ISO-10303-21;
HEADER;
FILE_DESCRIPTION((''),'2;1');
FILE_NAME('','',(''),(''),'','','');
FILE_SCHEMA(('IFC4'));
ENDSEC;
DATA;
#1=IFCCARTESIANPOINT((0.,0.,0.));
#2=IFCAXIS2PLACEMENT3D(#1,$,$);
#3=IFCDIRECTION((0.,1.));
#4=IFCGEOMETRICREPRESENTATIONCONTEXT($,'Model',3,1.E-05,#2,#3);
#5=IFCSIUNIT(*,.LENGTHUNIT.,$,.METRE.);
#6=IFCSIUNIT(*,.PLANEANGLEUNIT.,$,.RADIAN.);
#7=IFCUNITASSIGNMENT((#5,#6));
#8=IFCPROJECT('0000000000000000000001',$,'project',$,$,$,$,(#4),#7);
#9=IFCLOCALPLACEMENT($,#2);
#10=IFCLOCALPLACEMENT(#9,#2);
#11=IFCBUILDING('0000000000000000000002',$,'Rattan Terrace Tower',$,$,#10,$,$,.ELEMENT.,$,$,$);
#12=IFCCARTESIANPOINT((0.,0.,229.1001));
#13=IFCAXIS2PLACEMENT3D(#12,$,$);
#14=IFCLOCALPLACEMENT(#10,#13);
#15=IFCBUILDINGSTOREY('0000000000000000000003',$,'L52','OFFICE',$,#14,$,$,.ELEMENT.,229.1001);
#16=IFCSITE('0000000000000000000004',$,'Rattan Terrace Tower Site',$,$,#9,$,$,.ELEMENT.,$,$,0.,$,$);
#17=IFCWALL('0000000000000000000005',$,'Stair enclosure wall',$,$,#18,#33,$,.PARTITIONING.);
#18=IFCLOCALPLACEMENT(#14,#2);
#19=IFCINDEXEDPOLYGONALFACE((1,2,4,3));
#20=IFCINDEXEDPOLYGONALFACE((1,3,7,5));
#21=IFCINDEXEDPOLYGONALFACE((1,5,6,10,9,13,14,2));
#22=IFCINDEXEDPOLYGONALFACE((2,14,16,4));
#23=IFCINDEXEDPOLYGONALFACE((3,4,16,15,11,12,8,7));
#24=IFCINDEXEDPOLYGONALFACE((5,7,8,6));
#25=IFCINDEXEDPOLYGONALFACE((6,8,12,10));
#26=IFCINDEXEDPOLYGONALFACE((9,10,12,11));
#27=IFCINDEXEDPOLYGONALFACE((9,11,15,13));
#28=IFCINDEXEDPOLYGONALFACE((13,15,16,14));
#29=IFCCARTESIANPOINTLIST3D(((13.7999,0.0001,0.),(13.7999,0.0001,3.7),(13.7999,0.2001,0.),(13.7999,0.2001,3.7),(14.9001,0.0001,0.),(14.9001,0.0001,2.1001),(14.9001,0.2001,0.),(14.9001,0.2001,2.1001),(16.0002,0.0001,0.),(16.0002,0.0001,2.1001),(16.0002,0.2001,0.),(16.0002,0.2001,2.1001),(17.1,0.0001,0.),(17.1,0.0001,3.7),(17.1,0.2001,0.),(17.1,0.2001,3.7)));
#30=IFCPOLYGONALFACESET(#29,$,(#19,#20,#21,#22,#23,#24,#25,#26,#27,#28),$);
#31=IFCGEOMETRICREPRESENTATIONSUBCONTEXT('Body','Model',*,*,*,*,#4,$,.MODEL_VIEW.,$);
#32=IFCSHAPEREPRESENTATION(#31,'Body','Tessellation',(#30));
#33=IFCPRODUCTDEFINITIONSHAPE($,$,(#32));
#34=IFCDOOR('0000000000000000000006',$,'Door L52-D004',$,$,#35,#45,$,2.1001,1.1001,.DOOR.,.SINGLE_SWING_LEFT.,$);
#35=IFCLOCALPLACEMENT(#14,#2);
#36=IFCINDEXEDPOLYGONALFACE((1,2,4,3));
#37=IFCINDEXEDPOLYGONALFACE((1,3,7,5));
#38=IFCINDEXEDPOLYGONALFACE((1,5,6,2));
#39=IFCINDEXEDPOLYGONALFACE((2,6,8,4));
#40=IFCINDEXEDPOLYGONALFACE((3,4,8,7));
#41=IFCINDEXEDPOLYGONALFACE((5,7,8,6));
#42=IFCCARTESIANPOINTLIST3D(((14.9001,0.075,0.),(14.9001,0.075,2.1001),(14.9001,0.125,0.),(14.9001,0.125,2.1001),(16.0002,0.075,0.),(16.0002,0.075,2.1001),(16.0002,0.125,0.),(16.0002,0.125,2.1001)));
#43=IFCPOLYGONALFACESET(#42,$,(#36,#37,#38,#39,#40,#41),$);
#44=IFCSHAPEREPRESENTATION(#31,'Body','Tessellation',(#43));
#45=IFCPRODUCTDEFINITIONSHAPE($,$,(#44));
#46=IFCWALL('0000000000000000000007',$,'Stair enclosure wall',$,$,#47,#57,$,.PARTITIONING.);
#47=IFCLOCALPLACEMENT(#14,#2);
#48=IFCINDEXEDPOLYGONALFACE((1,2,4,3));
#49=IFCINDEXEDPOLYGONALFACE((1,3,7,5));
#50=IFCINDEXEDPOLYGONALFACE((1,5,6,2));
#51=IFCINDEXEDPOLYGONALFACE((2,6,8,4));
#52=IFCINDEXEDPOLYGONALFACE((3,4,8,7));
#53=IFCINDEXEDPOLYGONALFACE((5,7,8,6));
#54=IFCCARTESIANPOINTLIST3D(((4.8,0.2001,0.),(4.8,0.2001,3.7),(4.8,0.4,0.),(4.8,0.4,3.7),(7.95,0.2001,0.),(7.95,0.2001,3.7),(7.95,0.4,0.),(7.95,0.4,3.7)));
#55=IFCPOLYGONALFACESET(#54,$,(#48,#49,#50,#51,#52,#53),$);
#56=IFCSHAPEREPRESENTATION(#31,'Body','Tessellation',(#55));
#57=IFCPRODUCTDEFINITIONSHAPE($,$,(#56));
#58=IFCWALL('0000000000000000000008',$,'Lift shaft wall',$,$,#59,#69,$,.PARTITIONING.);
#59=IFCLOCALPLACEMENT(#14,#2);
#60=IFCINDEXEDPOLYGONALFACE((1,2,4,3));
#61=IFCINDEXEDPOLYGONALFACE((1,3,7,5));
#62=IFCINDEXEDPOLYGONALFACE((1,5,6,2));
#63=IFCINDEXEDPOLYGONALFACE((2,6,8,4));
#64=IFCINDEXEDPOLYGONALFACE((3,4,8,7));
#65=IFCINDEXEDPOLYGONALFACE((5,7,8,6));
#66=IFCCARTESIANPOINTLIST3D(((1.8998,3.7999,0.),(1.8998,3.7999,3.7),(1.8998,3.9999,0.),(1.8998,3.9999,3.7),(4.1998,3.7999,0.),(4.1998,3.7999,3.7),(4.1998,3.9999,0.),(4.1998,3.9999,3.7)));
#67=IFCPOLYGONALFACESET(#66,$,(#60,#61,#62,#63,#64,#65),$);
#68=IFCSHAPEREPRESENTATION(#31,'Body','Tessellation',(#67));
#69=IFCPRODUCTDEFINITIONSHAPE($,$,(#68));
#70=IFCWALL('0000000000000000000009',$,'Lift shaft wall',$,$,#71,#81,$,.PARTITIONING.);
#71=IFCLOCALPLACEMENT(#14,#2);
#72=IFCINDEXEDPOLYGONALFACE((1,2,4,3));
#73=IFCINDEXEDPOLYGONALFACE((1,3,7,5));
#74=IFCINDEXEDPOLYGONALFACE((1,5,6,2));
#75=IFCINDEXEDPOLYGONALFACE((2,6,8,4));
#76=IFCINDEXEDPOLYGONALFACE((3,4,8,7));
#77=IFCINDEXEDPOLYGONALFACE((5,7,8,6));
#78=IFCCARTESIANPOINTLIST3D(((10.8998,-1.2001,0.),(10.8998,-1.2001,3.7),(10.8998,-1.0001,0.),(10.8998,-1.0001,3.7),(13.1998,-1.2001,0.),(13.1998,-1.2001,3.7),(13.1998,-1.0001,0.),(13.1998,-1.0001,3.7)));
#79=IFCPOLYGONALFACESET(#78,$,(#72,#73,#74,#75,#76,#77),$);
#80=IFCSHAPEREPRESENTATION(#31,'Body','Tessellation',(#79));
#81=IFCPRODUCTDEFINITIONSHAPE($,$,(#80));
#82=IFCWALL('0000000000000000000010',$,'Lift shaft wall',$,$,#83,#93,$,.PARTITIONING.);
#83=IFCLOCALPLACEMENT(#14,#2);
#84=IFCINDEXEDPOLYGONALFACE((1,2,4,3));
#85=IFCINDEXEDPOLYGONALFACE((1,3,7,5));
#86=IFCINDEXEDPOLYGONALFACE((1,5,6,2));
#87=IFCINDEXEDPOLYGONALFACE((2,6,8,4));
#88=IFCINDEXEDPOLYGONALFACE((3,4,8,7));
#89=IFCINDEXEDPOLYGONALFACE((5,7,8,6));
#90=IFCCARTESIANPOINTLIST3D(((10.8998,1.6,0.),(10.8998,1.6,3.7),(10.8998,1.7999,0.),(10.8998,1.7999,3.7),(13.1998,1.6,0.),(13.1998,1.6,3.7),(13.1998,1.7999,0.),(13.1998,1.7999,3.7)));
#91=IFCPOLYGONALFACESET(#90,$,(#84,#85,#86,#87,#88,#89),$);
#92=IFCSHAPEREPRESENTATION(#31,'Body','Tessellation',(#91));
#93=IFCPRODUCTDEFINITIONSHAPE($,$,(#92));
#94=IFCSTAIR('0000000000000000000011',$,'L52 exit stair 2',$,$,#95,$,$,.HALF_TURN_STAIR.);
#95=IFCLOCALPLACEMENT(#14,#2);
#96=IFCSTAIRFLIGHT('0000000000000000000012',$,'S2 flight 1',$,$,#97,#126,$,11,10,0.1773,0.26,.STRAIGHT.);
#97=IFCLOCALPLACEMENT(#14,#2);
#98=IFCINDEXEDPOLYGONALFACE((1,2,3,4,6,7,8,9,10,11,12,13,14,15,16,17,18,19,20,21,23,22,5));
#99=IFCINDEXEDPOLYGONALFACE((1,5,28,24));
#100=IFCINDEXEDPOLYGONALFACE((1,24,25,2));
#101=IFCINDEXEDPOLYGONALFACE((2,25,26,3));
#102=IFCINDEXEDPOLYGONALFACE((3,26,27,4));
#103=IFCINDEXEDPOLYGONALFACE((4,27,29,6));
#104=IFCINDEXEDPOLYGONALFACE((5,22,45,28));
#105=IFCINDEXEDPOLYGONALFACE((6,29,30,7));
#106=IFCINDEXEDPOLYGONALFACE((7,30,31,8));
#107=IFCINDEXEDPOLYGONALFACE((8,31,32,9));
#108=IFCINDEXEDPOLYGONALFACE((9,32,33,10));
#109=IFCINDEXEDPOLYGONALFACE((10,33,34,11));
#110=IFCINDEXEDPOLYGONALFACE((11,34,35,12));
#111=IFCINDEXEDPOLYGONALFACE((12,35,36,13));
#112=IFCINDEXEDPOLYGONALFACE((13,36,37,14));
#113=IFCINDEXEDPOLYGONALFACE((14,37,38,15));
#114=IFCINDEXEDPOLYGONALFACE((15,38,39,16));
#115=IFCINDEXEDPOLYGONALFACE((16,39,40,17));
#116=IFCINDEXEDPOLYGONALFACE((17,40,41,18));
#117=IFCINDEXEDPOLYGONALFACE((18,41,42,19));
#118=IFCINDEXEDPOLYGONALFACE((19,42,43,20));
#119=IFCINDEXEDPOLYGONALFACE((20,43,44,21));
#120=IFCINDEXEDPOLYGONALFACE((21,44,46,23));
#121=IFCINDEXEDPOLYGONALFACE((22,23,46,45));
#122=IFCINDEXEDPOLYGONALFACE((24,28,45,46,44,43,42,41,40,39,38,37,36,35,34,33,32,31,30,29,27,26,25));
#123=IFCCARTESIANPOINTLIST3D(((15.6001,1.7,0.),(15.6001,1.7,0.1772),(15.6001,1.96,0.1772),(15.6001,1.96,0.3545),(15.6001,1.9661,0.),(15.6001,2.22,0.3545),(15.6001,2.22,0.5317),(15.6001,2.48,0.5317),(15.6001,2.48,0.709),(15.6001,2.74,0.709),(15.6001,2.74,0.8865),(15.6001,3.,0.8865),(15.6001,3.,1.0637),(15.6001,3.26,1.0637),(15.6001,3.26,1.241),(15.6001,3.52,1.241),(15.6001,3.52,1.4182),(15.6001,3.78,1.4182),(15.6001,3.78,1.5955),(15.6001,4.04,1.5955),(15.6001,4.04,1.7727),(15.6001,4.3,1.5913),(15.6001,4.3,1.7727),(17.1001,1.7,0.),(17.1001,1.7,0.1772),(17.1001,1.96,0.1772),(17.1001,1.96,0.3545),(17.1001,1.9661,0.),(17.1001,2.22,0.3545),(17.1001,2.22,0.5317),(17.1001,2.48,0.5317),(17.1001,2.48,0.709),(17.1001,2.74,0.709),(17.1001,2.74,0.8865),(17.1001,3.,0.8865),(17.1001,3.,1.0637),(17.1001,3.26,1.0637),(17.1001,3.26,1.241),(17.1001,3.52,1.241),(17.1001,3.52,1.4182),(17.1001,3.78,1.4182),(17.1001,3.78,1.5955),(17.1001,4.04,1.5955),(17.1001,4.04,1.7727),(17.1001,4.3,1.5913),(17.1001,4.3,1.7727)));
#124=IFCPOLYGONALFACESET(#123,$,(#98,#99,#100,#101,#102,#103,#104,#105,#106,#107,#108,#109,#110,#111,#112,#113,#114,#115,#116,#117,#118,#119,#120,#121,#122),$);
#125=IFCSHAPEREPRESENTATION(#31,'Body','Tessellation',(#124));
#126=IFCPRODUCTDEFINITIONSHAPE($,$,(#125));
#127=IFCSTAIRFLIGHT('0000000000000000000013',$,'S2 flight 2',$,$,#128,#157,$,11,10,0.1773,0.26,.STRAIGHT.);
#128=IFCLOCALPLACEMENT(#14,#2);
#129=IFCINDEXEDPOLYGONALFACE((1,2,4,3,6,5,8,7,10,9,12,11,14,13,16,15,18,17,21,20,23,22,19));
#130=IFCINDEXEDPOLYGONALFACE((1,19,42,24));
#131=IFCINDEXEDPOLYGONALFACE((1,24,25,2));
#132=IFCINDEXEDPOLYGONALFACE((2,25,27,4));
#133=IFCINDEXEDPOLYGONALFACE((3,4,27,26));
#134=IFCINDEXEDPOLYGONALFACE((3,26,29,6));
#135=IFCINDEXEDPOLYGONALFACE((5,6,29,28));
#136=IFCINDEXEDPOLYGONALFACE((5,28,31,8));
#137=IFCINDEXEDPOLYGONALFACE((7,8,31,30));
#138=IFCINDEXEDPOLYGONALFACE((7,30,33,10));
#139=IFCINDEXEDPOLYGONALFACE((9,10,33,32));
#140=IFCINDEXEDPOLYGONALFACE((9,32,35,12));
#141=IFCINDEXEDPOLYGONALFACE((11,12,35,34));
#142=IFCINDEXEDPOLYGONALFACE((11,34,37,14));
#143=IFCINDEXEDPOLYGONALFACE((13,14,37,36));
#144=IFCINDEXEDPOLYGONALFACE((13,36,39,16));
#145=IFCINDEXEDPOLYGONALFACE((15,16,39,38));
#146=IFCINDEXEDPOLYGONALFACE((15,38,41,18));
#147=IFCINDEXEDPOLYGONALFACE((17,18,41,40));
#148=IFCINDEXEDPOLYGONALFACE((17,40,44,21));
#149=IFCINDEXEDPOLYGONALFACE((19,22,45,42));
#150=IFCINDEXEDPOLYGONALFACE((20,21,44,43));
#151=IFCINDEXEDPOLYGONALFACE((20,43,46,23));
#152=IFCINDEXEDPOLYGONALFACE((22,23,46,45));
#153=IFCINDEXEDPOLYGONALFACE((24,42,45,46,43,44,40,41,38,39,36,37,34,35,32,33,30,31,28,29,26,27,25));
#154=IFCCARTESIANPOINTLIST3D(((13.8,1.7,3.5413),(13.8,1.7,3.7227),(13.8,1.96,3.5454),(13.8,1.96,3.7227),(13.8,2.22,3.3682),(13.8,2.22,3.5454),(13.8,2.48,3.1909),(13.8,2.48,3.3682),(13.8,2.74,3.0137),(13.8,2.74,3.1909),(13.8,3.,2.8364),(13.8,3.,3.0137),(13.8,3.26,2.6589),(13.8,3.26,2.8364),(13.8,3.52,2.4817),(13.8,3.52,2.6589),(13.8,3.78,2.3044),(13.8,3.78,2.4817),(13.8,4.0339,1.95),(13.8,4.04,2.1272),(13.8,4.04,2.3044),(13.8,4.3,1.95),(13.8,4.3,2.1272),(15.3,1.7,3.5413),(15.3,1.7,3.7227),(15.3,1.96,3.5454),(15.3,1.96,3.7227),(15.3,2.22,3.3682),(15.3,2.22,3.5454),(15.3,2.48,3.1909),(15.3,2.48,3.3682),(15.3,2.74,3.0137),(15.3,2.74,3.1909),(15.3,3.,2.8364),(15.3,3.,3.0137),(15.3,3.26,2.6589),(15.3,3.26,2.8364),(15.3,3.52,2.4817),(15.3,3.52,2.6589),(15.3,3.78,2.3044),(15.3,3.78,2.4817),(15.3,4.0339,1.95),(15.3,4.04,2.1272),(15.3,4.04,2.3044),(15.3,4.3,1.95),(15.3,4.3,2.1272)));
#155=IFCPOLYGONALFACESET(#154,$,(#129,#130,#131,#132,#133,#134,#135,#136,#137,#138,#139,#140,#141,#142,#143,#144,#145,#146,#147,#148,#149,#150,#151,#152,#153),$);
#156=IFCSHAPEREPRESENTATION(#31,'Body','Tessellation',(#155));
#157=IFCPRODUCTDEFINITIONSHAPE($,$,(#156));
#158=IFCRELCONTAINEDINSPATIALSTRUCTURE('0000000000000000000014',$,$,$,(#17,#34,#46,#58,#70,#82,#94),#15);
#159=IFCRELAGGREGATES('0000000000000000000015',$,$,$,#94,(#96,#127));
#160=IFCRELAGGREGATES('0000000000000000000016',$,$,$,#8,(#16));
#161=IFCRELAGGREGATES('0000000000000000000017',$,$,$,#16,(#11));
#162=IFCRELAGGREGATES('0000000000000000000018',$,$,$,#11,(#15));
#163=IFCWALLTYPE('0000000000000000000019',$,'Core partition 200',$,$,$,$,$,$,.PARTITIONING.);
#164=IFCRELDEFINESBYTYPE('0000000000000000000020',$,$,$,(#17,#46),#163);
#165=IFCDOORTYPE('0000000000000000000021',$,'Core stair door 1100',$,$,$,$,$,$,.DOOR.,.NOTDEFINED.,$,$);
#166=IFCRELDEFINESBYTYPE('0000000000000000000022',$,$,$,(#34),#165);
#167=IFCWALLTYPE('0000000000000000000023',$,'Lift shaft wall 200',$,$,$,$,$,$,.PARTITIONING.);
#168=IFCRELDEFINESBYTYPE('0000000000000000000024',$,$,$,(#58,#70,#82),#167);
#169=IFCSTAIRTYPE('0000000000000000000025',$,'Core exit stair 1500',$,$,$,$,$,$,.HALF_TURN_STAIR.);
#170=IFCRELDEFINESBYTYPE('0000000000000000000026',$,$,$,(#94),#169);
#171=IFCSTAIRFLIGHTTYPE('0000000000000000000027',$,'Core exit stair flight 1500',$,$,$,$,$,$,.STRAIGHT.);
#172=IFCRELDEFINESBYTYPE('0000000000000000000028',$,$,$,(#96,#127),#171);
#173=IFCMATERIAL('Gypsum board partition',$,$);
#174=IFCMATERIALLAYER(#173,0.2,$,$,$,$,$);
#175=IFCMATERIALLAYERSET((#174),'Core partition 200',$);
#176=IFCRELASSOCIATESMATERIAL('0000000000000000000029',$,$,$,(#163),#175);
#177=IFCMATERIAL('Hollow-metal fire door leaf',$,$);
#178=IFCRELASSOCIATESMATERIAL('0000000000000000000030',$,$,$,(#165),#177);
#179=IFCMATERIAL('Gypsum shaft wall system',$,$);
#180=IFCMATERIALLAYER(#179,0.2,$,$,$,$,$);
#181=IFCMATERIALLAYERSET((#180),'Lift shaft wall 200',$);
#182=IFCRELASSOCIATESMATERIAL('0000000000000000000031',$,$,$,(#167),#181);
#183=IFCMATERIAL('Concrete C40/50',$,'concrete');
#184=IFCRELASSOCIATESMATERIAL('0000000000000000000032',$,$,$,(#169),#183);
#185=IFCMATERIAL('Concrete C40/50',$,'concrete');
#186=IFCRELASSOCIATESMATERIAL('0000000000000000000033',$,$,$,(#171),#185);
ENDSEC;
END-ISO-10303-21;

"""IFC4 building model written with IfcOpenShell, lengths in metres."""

from ifc_helpers import new_model, si_unit, direction, frame, frame_2d, origin, place, context, subcontext, project, spatial, polyline, rectangle, outline, extrude, material, layer, layer_set, type_object, element, fill, aggregate, save


model = new_model("IFC4")

# Units and contexts
model_context = context("Model", 3, precision=1e-05, world=origin(), true_north=direction((0.0, 1.0)))
body_context = subcontext(model_context, "Body", "Model", "MODEL_VIEW")
ifc_project = project(units=[si_unit("LENGTHUNIT", "METRE"), si_unit("PLANEANGLEUNIT", "RADIAN")], contexts=[model_context])

# Site, building, storey
site_placement = place(None, origin())
site = spatial("IfcSite", under=ifc_project, at=site_placement, Name="Rattan Terrace Tower Site", CompositionType="ELEMENT", RefElevation=0.0)
building_placement = place(site_placement, origin())
building = spatial("IfcBuilding", under=site, at=building_placement, Name="Rattan Terrace Tower", CompositionType="ELEMENT")
storey_placement = place(building_placement, frame((0.0, 0.0, 229.1001)))
storey = spatial("IfcBuildingStorey", under=building, at=storey_placement, Name="L52", Description="OFFICE", CompositionType="ELEMENT", Elevation=229.1001)

# Wall, opening, door
ifc_material_1 = material(Name="Gypsum board partition")
ifc_layer_1 = layer(ifc_material_1, 0.2)
ifc_layer_set_1 = layer_set([ifc_layer_1], Name="Core partition 200")
wall_type_1 = type_object("IfcWallType", Name="Core partition 200", PredefinedType="PARTITIONING", material=ifc_layer_set_1)
wall_1_placement = place(storey_placement, frame((13.8, 0.1001, 0.0), z_axis=(0.0, 0.0, 1.0), x_axis=(1.0, 0.0, 0.0)))
wall_1 = element("IfcWall", 1, at=wall_1_placement, inside=storey, type_object=wall_type_1, Name="Stair enclosure wall", PredefinedType="PARTITIONING", context=body_context, shape_type="SweptSolid", body=[
    extrude(rectangle(XDim=3.3, YDim=0.2, at=frame_2d((1.6499, 0.0))), origin(), (0.0, 0.0, 1.0), 3.7),
])
opening_placement = place(wall_1_placement, frame((1.1001, 0.0, 0.0)))
opening = element("IfcOpeningElement", 2, at=opening_placement, cuts=wall_1, PredefinedType="OPENING", context=body_context, shape_type="SweptSolid", body=[
    extrude(rectangle(XDim=1.1001, YDim=2.1001, at=frame_2d((0.55, 1.05))), frame((0.0, 0.1106, 0.0), z_axis=(0.0, -1.0, 0.0), x_axis=(1.0, 0.0, 0.0)), (0.0, 0.0, 1.0), 0.2209),
])
ifc_material_2 = material(Name="Hollow-metal fire door leaf")
door_type = type_object("IfcDoorType", Name="Core stair door 1100", OperationType="NOTDEFINED", PredefinedType="DOOR", material=ifc_material_2)
door_placement = place(opening_placement, origin())
door = element("IfcDoor", 3, at=door_placement, inside=storey, type_object=door_type, Name="Door L52-D004", OperationType="SINGLE_SWING_LEFT", OverallHeight=2.1001, OverallWidth=1.1001, PredefinedType="DOOR", context=body_context, shape_type="SweptSolid", body=[
    extrude(rectangle(XDim=1.1001, YDim=2.1001, at=frame_2d((0.55, 1.05))), frame((0.0, 0.0249, 0.0), z_axis=(0.0, -1.0, 0.0), x_axis=(1.0, 0.0, 0.0)), (0.0, 0.0, 1.0), 0.05),
])
fill(opening, door)

# Walls
wall_2_placement = place(storey_placement, frame((4.8, 0.3, 0.0), z_axis=(0.0, 0.0, 1.0), x_axis=(1.0, 0.0, 0.0)))
element("IfcWall", 4, at=wall_2_placement, inside=storey, type_object=wall_type_1, Name="Stair enclosure wall", PredefinedType="PARTITIONING", context=body_context, shape_type="SweptSolid", body=[
    extrude(rectangle(XDim=3.1499, YDim=0.2, at=frame_2d((1.575, 0.0))), origin(), (0.0, 0.0, 1.0), 3.7),
])
ifc_material_3 = material(Name="Gypsum shaft wall system")
ifc_layer_2 = layer(ifc_material_3, 0.2)
ifc_layer_set_2 = layer_set([ifc_layer_2], Name="Lift shaft wall 200")
wall_type_2 = type_object("IfcWallType", Name="Lift shaft wall 200", PredefinedType="PARTITIONING", material=ifc_layer_set_2)
for number, where, z_axis, x_axis, name in (
    (5, (1.8999, 3.8999, 0.0), (0.0, 0.0, 1.0), (1.0, 0.0, 0.0), "Lift shaft wall"),
    (6, (10.8999, -1.1001, 0.0), (0.0, 0.0, 1.0), (1.0, 0.0, 0.0), "Lift shaft wall"),
    (7, (10.8999, 1.7, 0.0), (0.0, 0.0, 1.0), (1.0, 0.0, 0.0), "Lift shaft wall"),
):
    element("IfcWall", number, at=place(storey_placement, frame(where, z_axis=z_axis, x_axis=x_axis)), inside=storey, type_object=wall_type_2, Name=name, PredefinedType="PARTITIONING", context=body_context, shape_type="SweptSolid", body=[
        extrude(rectangle(XDim=2.3, YDim=0.2, at=frame_2d((1.1499, 0.0))), origin(), (0.0, 0.0, 1.0), 3.7),
    ])

# Stair, stair flights
ifc_material_4 = material(Name="Concrete C40/50", Category="concrete")
stair_type = type_object("IfcStairType", Name="Core exit stair 1500", PredefinedType="HALF_TURN_STAIR", material=ifc_material_4)
stair_1_placement = place(storey_placement, origin())
stair_1 = element("IfcStair", 8, at=stair_1_placement, inside=storey, type_object=stair_type, Name="L52 exit stair 2", PredefinedType="HALF_TURN_STAIR")
ifc_material_5 = material(Name="Concrete C40/50", Category="concrete")
stair_flight_type = type_object("IfcStairFlightType", Name="Core exit stair flight 1500", PredefinedType="STRAIGHT", material=ifc_material_5)
stair_flight_1_placement = place(storey_placement, frame((16.3501, 1.7, 0.0), z_axis=(0.0, 0.0, 1.0), x_axis=(0.0, 1.0, 0.0)))
stair_flight_1 = element("IfcStairFlight", 9, at=stair_flight_1_placement, type_object=stair_flight_type, Name="S2 flight 1", NumberOfRisers=11, NumberOfTreads=10, PredefinedType="STRAIGHT", RiserHeight=0.1773, TreadLength=0.26, context=body_context, shape_type="SweptSolid", body=[
    extrude(outline(polyline([(0.0, 0.0), (0.0, 0.1772), (0.26, 0.1772), (0.26, 0.3545), (0.52, 0.3545), (0.52, 0.5317), (0.78, 0.5317), (0.78, 0.709), (1.04, 0.709), (1.04, 0.8865), (1.3, 0.8865), (1.3, 1.0637), (1.5601, 1.0637), (1.5601, 1.241), (1.8201, 1.241), (1.8201, 1.4182), (2.0801, 1.4182), (2.0801, 1.5955), (2.3401, 1.5955), (2.3401, 1.7727), (2.6001, 1.7727), (2.6001, 1.95), (2.6001, 1.5913), (0.2661, 0.0), (0.0, 0.0)])), frame((0.0, 0.75, 0.0), z_axis=(0.0, -1.0, 0.0), x_axis=(1.0, 0.0, 0.0)), (0.0, 0.0, 1.0), 1.5),
])
stair_flight_2_placement = place(storey_placement, frame((14.55, 4.3, 1.95), z_axis=(0.0, 0.0, 1.0), x_axis=(0.0, -1.0, 0.0)))
stair_flight_2 = element("IfcStairFlight", 10, at=stair_flight_2_placement, type_object=stair_flight_type, Name="S2 flight 2", NumberOfRisers=11, NumberOfTreads=10, PredefinedType="STRAIGHT", RiserHeight=0.1773, TreadLength=0.26, context=body_context, shape_type="SweptSolid", body=[
    extrude(outline(polyline([(0.0, 0.0), (0.0, 0.1772), (0.26, 0.1772), (0.26, 0.3545), (0.52, 0.3545), (0.52, 0.5317), (0.78, 0.5317), (0.78, 0.709), (1.04, 0.709), (1.04, 0.8865), (1.3, 0.8865), (1.3, 1.0637), (1.5601, 1.0637), (1.5601, 1.241), (1.8201, 1.241), (1.8201, 1.4182), (2.0801, 1.4182), (2.0801, 1.5955), (2.3401, 1.5955), (2.3401, 1.7727), (2.6001, 1.7727), (2.6001, 1.95), (2.6001, 1.5913), (0.2661, 0.0), (0.0, 0.0)])), frame((0.0, 0.75, 0.0), z_axis=(0.0, -1.0, 0.0), x_axis=(1.0, 0.0, 0.0)), (0.0, 0.0, 1.0), 1.5),
])
aggregate(stair_1, [stair_flight_1, stair_flight_2])

save(model, "model.ifc")
